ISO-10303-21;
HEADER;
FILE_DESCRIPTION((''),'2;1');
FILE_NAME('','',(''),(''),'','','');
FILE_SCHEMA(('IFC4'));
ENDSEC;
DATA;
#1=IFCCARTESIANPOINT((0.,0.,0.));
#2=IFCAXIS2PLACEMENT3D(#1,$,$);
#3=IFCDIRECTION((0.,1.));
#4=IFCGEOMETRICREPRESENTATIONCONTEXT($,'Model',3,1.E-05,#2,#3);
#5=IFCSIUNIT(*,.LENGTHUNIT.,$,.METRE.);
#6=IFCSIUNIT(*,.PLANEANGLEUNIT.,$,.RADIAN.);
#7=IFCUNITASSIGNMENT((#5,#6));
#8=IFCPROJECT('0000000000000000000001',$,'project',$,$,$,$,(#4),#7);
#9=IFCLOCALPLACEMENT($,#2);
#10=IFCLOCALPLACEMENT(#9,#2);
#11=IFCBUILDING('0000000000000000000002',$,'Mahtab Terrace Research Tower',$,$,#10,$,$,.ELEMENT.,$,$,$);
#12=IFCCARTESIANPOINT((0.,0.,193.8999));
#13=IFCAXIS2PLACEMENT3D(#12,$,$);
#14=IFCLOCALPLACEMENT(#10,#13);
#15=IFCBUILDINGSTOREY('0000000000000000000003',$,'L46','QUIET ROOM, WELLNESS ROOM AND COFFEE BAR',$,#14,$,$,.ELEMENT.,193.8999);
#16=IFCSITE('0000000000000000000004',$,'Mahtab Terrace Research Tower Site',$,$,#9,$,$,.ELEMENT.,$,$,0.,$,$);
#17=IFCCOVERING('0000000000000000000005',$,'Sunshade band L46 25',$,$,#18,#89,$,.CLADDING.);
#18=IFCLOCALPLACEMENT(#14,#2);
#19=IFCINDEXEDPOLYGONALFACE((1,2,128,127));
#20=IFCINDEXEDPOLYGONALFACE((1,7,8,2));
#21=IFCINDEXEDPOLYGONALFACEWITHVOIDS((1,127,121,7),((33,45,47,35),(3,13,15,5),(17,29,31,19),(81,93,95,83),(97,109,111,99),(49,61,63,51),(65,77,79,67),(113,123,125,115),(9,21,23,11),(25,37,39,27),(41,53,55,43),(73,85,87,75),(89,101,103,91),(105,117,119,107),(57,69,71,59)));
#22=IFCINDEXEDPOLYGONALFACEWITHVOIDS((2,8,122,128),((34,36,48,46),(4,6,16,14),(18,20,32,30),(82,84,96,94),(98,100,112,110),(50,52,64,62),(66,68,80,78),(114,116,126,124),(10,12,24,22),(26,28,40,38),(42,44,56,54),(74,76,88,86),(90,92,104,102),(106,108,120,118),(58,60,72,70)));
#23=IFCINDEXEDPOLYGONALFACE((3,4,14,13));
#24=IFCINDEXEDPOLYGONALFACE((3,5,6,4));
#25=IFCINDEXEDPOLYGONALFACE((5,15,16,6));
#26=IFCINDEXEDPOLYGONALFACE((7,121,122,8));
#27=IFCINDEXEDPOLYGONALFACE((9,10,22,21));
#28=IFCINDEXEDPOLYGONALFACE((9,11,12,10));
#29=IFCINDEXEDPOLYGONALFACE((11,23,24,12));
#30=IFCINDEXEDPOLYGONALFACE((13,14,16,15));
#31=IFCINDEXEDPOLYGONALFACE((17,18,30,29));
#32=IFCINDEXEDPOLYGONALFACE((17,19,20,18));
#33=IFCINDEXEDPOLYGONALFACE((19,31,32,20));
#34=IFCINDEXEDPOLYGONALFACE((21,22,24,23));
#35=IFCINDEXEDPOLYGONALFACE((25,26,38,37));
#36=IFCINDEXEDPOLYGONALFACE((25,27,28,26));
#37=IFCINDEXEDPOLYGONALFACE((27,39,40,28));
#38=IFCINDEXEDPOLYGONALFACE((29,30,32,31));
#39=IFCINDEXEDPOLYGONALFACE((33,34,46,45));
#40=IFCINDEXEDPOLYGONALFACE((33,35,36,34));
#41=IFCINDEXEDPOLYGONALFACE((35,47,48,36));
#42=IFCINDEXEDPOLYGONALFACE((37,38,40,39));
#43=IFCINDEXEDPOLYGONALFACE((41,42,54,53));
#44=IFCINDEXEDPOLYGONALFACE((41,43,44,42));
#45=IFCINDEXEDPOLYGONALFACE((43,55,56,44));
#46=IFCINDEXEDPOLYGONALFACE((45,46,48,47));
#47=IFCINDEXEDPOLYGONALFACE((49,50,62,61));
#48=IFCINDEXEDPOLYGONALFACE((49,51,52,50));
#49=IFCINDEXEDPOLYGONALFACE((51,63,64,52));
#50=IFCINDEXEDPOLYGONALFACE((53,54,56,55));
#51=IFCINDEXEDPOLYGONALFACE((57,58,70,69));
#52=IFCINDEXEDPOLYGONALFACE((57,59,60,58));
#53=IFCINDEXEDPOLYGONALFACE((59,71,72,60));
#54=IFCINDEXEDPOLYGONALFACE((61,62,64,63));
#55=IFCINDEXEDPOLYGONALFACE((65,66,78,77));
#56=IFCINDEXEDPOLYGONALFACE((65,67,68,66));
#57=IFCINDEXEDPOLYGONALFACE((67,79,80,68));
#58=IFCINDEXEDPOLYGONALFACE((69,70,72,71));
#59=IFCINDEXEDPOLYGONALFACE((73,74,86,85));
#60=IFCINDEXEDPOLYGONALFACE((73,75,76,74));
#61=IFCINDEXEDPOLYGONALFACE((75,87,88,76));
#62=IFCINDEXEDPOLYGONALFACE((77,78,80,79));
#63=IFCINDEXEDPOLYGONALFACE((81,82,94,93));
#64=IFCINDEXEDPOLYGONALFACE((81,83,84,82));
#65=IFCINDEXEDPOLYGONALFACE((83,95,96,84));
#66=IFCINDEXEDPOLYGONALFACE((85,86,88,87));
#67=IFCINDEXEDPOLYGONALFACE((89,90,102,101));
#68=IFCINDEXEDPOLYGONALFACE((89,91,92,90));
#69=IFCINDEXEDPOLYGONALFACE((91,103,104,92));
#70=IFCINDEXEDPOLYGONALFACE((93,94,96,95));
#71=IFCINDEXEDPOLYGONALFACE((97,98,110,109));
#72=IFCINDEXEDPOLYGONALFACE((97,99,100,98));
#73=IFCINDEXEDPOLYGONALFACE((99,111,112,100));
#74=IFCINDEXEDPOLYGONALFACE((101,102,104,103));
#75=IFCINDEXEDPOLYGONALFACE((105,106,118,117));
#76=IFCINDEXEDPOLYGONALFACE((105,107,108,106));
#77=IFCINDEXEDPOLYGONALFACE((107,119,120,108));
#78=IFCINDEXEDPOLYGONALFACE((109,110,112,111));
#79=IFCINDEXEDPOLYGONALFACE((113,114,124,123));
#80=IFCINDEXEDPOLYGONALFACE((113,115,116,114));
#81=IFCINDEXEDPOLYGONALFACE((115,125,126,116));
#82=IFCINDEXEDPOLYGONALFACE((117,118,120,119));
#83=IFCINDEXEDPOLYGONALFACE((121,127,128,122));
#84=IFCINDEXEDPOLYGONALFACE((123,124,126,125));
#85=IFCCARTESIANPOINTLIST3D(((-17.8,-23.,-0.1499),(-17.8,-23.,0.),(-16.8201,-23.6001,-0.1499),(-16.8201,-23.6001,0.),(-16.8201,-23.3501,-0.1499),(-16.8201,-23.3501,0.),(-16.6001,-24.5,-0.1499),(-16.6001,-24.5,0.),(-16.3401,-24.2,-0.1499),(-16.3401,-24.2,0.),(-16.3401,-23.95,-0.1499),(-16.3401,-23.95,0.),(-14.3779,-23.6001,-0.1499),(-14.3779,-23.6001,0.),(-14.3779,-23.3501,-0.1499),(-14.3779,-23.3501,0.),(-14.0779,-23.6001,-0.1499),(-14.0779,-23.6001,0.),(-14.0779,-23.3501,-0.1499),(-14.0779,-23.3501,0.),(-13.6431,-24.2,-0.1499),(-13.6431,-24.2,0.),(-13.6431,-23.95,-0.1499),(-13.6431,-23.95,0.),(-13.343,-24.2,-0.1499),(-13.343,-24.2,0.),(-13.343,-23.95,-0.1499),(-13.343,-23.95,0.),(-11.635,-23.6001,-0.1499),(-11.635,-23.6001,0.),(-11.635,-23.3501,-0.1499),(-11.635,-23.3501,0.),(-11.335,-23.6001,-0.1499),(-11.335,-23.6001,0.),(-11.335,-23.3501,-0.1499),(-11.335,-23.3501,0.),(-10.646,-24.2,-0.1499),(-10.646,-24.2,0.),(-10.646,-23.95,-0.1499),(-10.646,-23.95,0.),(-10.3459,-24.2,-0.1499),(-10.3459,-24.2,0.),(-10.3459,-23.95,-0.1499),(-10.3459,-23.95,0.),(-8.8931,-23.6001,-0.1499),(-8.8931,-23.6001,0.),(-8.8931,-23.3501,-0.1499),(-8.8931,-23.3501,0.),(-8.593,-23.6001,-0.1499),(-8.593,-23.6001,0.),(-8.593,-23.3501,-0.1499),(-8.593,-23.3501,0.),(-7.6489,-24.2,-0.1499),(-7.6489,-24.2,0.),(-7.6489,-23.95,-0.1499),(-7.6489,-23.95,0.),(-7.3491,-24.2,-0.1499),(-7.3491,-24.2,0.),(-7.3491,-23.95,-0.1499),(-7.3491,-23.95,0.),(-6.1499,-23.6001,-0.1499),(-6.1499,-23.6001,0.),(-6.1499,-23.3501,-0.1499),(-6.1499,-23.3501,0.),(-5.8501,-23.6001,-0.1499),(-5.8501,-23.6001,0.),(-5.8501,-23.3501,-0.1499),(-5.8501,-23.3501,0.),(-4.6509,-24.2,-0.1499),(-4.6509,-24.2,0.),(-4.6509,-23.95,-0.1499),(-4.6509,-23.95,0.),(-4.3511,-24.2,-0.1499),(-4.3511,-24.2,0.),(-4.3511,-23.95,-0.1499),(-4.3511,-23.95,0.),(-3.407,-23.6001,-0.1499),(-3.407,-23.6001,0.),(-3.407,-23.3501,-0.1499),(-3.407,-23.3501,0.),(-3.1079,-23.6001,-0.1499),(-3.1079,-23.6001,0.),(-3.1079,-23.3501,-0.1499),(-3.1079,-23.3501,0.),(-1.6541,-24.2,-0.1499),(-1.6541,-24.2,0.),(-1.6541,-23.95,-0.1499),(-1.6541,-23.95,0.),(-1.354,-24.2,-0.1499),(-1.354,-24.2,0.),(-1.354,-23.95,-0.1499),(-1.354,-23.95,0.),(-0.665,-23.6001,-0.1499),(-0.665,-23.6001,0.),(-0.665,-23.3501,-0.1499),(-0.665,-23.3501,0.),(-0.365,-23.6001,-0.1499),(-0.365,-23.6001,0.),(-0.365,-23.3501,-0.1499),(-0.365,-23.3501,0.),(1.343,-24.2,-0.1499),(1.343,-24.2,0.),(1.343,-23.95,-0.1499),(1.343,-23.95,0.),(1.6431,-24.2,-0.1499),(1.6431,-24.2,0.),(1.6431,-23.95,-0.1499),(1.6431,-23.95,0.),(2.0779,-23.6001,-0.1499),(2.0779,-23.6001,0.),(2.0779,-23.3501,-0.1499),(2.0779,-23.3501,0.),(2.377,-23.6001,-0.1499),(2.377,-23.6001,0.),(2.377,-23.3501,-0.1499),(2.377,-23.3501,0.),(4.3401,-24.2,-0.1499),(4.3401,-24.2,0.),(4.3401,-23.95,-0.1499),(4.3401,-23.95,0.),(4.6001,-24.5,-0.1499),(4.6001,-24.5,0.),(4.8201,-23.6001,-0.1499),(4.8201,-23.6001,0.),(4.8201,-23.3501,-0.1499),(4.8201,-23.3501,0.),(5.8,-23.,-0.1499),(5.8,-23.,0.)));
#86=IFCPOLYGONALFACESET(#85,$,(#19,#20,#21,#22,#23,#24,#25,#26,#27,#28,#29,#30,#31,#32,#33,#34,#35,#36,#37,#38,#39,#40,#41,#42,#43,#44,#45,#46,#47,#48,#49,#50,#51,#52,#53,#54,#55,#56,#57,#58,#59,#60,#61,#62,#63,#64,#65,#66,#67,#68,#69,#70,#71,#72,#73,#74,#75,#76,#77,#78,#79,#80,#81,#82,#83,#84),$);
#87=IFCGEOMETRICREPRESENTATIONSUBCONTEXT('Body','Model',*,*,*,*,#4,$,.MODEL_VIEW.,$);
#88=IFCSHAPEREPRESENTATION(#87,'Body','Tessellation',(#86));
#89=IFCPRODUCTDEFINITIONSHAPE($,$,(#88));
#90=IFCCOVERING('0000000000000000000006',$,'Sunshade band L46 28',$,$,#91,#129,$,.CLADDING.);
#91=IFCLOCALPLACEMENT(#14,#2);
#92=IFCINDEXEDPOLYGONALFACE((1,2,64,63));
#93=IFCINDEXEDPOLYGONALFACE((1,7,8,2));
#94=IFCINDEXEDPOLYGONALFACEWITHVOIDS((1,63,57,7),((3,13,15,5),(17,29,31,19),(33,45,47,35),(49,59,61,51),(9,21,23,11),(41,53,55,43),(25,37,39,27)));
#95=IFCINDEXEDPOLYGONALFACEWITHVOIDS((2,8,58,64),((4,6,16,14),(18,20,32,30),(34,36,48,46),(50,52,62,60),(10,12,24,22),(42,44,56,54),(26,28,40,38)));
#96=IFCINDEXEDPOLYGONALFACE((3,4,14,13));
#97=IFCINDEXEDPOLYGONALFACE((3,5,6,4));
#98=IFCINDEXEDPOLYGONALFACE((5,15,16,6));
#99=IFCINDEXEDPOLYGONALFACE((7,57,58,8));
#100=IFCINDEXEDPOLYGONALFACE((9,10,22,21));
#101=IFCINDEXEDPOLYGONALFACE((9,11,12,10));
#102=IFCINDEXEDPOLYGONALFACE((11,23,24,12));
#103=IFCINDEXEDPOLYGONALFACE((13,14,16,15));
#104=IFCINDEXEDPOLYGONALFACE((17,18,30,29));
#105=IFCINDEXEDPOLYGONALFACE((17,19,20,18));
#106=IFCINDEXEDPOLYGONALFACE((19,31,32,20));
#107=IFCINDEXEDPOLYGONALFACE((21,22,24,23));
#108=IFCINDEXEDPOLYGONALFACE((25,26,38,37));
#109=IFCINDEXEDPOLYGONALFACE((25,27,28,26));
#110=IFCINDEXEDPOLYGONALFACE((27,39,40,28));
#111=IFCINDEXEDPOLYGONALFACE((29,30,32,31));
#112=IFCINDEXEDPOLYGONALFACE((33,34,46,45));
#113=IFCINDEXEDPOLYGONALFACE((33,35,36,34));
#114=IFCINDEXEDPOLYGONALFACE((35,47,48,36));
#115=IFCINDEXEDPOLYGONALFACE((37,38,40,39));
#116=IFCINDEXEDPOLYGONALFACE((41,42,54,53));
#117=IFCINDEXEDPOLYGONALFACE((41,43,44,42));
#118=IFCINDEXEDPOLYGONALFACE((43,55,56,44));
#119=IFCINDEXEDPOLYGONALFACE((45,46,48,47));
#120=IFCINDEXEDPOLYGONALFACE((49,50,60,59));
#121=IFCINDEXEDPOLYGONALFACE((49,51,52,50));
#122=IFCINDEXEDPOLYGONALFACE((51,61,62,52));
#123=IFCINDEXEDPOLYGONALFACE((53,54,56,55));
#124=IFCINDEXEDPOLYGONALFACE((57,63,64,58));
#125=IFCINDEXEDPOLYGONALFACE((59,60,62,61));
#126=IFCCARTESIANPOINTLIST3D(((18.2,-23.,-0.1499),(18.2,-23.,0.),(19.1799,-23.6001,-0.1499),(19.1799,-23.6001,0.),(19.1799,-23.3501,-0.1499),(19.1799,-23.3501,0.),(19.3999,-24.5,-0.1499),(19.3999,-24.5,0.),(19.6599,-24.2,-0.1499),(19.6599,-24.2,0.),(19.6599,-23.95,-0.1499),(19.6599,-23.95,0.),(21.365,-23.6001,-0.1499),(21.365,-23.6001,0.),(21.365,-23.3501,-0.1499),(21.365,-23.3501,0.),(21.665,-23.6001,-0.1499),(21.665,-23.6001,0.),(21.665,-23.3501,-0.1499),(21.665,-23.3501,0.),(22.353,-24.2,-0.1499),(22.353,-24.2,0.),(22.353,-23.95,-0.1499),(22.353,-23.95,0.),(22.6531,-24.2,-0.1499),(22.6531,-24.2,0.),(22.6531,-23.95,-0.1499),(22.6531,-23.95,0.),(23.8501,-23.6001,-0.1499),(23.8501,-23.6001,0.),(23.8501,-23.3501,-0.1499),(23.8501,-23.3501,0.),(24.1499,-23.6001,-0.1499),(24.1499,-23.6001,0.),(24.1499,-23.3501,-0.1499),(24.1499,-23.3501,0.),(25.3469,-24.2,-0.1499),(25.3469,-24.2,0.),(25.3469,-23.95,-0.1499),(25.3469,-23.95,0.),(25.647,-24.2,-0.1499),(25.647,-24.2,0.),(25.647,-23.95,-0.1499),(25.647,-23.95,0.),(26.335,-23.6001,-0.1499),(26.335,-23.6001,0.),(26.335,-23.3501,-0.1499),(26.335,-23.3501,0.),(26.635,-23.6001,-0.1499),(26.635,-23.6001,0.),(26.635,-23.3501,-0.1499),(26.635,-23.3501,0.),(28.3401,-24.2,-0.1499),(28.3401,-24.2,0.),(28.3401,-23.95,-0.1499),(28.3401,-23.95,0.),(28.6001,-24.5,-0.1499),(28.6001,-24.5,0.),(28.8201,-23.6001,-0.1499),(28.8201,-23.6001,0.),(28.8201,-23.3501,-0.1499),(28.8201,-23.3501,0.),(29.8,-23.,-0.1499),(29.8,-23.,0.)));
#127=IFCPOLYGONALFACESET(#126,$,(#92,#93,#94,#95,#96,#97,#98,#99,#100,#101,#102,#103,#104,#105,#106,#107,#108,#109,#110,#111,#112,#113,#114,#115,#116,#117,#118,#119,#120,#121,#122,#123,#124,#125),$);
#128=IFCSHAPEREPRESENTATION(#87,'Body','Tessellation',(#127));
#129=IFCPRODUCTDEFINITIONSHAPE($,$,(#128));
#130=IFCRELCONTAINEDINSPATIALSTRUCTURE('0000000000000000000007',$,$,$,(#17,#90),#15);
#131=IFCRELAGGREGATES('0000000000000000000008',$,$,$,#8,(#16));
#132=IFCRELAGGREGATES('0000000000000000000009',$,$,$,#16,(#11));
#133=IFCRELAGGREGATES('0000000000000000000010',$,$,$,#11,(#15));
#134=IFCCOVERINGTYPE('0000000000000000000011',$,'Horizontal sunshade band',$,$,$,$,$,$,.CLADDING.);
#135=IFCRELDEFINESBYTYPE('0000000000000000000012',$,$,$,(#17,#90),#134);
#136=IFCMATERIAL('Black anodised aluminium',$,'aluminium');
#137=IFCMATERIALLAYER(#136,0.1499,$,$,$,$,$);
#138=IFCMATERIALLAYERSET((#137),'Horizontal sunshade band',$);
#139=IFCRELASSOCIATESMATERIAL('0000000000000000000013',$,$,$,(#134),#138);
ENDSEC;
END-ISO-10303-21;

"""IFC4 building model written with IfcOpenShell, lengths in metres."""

from ifc_helpers import new_model, si_unit, direction, frame, origin, place, context, subcontext, project, spatial, polyline, outline, extrude, material, layer, layer_set, type_object, element, save


model = new_model("IFC4")

# Units and contexts
model_context = context("Model", 3, precision=1e-05, world=origin(), true_north=direction((0.0, 1.0)))
body_context = subcontext(model_context, "Body", "Model", "MODEL_VIEW")
ifc_project = project(units=[si_unit("LENGTHUNIT", "METRE"), si_unit("PLANEANGLEUNIT", "RADIAN")], contexts=[model_context])

# Site, building, storey
site_placement = place(None, origin())
site = spatial("IfcSite", under=ifc_project, at=site_placement, Name="Mahtab Terrace Research Tower Site", CompositionType="ELEMENT", RefElevation=0.0)
building_placement = place(site_placement, origin())
building = spatial("IfcBuilding", under=site, at=building_placement, Name="Mahtab Terrace Research Tower", CompositionType="ELEMENT")
storey_placement = place(building_placement, frame((0.0, 0.0, 193.8999)))
storey = spatial("IfcBuildingStorey", under=building, at=storey_placement, Name="L46", Description="QUIET ROOM, WELLNESS ROOM AND COFFEE BAR", CompositionType="ELEMENT", Elevation=193.8999)

# Coverings
ifc_material_1 = material(Name="Black anodised aluminium", Category="aluminium")
ifc_layer_1 = layer(ifc_material_1, 0.1499)
ifc_layer_set_1 = layer_set([ifc_layer_1], Name="Horizontal sunshade band")
covering_type_1 = type_object("IfcCoveringType", Name="Horizontal sunshade band", PredefinedType="CLADDING", material=ifc_layer_set_1)
covering_1_placement = place(storey_placement, frame((0.0, 0.0, -0.1499)))
element("IfcCovering", 1, at=covering_1_placement, inside=storey, type_object=covering_type_1, Name="Sunshade band L46 25", PredefinedType="CLADDING", context=body_context, shape_type="SweptSolid", body=[
    extrude(outline(polyline([(-17.8, -23.0), (5.8, -23.0), (4.6001, -24.5), (-16.6001, -24.5), (-17.8, -23.0)]), holes=[polyline([(-16.8201, -23.3501), (-14.3779, -23.3501), (-14.3779, -23.6001), (-16.8201, -23.6001), (-16.8201, -23.3501)]), polyline([(-14.0779, -23.3501), (-11.635, -23.3501), (-11.635, -23.6001), (-14.0779, -23.6001), (-14.0779, -23.3501)]), polyline([(-11.335, -23.3501), (-8.8931, -23.3501), (-8.8931, -23.6001), (-11.335, -23.6001), (-11.335, -23.3501)]), polyline([(-8.593, -23.3501), (-6.1499, -23.3501), (-6.1499, -23.6001), (-8.593, -23.6001), (-8.593, -23.3501)]), polyline([(-5.8501, -23.3501), (-3.407, -23.3501), (-3.407, -23.6001), (-5.8501, -23.6001), (-5.8501, -23.3501)]), polyline([(-3.1079, -23.3501), (-0.665, -23.3501), (-0.665, -23.6001), (-3.1079, -23.6001), (-3.1079, -23.3501)]), polyline([(-0.365, -23.3501), (2.0779, -23.3501), (2.0779, -23.6001), (-0.365, -23.6001), (-0.365, -23.3501)]), polyline([(2.377, -23.3501), (4.8201, -23.3501), (4.8201, -23.6001), (2.377, -23.6001), (2.377, -23.3501)]), polyline([(-16.3401, -23.95), (-13.6431, -23.95), (-13.6431, -24.2), (-16.3401, -24.2), (-16.3401, -23.95)]), polyline([(-13.343, -23.95), (-10.646, -23.95), (-10.646, -24.2), (-13.343, -24.2), (-13.343, -23.95)]), polyline([(-10.3459, -23.95), (-7.6489, -23.95), (-7.6489, -24.2), (-10.3459, -24.2), (-10.3459, -23.95)]), polyline([(-7.3491, -23.95), (-4.6509, -23.95), (-4.6509, -24.2), (-7.3491, -24.2), (-7.3491, -23.95)]), polyline([(-4.3511, -23.95), (-1.6541, -23.95), (-1.6541, -24.2), (-4.3511, -24.2), (-4.3511, -23.95)]), polyline([(-1.354, -23.95), (1.343, -23.95), (1.343, -24.2), (-1.354, -24.2), (-1.354, -23.95)]), polyline([(1.6431, -23.95), (4.3401, -23.95), (4.3401, -24.2), (1.6431, -24.2), (1.6431, -23.95)])]), origin(), (0.0, 0.0, 1.0), 0.1499),
])
covering_2_placement = place(storey_placement, frame((0.0, 0.0, -0.1499)))
element("IfcCovering", 2, at=covering_2_placement, inside=storey, type_object=covering_type_1, Name="Sunshade band L46 28", PredefinedType="CLADDING", context=body_context, shape_type="SweptSolid", body=[
    extrude(outline(polyline([(18.2, -23.0), (29.8, -23.0), (28.6001, -24.5), (19.3999, -24.5), (18.2, -23.0)]), holes=[polyline([(19.1799, -23.3501), (21.365, -23.3501), (21.365, -23.6001), (19.1799, -23.6001), (19.1799, -23.3501)]), polyline([(21.665, -23.3501), (23.8501, -23.3501), (23.8501, -23.6001), (21.665, -23.6001), (21.665, -23.3501)]), polyline([(24.1499, -23.3501), (26.335, -23.3501), (26.335, -23.6001), (24.1499, -23.6001), (24.1499, -23.3501)]), polyline([(26.635, -23.3501), (28.8201, -23.3501), (28.8201, -23.6001), (26.635, -23.6001), (26.635, -23.3501)]), polyline([(19.6599, -23.95), (22.353, -23.95), (22.353, -24.2), (19.6599, -24.2), (19.6599, -23.95)]), polyline([(22.6531, -23.95), (25.3469, -23.95), (25.3469, -24.2), (22.6531, -24.2), (22.6531, -23.95)]), polyline([(25.647, -23.95), (28.3401, -23.95), (28.3401, -24.2), (25.647, -24.2), (25.647, -23.95)])]), origin(), (0.0, 0.0, 1.0), 0.1499),
])

save(model, "model.ifc")
